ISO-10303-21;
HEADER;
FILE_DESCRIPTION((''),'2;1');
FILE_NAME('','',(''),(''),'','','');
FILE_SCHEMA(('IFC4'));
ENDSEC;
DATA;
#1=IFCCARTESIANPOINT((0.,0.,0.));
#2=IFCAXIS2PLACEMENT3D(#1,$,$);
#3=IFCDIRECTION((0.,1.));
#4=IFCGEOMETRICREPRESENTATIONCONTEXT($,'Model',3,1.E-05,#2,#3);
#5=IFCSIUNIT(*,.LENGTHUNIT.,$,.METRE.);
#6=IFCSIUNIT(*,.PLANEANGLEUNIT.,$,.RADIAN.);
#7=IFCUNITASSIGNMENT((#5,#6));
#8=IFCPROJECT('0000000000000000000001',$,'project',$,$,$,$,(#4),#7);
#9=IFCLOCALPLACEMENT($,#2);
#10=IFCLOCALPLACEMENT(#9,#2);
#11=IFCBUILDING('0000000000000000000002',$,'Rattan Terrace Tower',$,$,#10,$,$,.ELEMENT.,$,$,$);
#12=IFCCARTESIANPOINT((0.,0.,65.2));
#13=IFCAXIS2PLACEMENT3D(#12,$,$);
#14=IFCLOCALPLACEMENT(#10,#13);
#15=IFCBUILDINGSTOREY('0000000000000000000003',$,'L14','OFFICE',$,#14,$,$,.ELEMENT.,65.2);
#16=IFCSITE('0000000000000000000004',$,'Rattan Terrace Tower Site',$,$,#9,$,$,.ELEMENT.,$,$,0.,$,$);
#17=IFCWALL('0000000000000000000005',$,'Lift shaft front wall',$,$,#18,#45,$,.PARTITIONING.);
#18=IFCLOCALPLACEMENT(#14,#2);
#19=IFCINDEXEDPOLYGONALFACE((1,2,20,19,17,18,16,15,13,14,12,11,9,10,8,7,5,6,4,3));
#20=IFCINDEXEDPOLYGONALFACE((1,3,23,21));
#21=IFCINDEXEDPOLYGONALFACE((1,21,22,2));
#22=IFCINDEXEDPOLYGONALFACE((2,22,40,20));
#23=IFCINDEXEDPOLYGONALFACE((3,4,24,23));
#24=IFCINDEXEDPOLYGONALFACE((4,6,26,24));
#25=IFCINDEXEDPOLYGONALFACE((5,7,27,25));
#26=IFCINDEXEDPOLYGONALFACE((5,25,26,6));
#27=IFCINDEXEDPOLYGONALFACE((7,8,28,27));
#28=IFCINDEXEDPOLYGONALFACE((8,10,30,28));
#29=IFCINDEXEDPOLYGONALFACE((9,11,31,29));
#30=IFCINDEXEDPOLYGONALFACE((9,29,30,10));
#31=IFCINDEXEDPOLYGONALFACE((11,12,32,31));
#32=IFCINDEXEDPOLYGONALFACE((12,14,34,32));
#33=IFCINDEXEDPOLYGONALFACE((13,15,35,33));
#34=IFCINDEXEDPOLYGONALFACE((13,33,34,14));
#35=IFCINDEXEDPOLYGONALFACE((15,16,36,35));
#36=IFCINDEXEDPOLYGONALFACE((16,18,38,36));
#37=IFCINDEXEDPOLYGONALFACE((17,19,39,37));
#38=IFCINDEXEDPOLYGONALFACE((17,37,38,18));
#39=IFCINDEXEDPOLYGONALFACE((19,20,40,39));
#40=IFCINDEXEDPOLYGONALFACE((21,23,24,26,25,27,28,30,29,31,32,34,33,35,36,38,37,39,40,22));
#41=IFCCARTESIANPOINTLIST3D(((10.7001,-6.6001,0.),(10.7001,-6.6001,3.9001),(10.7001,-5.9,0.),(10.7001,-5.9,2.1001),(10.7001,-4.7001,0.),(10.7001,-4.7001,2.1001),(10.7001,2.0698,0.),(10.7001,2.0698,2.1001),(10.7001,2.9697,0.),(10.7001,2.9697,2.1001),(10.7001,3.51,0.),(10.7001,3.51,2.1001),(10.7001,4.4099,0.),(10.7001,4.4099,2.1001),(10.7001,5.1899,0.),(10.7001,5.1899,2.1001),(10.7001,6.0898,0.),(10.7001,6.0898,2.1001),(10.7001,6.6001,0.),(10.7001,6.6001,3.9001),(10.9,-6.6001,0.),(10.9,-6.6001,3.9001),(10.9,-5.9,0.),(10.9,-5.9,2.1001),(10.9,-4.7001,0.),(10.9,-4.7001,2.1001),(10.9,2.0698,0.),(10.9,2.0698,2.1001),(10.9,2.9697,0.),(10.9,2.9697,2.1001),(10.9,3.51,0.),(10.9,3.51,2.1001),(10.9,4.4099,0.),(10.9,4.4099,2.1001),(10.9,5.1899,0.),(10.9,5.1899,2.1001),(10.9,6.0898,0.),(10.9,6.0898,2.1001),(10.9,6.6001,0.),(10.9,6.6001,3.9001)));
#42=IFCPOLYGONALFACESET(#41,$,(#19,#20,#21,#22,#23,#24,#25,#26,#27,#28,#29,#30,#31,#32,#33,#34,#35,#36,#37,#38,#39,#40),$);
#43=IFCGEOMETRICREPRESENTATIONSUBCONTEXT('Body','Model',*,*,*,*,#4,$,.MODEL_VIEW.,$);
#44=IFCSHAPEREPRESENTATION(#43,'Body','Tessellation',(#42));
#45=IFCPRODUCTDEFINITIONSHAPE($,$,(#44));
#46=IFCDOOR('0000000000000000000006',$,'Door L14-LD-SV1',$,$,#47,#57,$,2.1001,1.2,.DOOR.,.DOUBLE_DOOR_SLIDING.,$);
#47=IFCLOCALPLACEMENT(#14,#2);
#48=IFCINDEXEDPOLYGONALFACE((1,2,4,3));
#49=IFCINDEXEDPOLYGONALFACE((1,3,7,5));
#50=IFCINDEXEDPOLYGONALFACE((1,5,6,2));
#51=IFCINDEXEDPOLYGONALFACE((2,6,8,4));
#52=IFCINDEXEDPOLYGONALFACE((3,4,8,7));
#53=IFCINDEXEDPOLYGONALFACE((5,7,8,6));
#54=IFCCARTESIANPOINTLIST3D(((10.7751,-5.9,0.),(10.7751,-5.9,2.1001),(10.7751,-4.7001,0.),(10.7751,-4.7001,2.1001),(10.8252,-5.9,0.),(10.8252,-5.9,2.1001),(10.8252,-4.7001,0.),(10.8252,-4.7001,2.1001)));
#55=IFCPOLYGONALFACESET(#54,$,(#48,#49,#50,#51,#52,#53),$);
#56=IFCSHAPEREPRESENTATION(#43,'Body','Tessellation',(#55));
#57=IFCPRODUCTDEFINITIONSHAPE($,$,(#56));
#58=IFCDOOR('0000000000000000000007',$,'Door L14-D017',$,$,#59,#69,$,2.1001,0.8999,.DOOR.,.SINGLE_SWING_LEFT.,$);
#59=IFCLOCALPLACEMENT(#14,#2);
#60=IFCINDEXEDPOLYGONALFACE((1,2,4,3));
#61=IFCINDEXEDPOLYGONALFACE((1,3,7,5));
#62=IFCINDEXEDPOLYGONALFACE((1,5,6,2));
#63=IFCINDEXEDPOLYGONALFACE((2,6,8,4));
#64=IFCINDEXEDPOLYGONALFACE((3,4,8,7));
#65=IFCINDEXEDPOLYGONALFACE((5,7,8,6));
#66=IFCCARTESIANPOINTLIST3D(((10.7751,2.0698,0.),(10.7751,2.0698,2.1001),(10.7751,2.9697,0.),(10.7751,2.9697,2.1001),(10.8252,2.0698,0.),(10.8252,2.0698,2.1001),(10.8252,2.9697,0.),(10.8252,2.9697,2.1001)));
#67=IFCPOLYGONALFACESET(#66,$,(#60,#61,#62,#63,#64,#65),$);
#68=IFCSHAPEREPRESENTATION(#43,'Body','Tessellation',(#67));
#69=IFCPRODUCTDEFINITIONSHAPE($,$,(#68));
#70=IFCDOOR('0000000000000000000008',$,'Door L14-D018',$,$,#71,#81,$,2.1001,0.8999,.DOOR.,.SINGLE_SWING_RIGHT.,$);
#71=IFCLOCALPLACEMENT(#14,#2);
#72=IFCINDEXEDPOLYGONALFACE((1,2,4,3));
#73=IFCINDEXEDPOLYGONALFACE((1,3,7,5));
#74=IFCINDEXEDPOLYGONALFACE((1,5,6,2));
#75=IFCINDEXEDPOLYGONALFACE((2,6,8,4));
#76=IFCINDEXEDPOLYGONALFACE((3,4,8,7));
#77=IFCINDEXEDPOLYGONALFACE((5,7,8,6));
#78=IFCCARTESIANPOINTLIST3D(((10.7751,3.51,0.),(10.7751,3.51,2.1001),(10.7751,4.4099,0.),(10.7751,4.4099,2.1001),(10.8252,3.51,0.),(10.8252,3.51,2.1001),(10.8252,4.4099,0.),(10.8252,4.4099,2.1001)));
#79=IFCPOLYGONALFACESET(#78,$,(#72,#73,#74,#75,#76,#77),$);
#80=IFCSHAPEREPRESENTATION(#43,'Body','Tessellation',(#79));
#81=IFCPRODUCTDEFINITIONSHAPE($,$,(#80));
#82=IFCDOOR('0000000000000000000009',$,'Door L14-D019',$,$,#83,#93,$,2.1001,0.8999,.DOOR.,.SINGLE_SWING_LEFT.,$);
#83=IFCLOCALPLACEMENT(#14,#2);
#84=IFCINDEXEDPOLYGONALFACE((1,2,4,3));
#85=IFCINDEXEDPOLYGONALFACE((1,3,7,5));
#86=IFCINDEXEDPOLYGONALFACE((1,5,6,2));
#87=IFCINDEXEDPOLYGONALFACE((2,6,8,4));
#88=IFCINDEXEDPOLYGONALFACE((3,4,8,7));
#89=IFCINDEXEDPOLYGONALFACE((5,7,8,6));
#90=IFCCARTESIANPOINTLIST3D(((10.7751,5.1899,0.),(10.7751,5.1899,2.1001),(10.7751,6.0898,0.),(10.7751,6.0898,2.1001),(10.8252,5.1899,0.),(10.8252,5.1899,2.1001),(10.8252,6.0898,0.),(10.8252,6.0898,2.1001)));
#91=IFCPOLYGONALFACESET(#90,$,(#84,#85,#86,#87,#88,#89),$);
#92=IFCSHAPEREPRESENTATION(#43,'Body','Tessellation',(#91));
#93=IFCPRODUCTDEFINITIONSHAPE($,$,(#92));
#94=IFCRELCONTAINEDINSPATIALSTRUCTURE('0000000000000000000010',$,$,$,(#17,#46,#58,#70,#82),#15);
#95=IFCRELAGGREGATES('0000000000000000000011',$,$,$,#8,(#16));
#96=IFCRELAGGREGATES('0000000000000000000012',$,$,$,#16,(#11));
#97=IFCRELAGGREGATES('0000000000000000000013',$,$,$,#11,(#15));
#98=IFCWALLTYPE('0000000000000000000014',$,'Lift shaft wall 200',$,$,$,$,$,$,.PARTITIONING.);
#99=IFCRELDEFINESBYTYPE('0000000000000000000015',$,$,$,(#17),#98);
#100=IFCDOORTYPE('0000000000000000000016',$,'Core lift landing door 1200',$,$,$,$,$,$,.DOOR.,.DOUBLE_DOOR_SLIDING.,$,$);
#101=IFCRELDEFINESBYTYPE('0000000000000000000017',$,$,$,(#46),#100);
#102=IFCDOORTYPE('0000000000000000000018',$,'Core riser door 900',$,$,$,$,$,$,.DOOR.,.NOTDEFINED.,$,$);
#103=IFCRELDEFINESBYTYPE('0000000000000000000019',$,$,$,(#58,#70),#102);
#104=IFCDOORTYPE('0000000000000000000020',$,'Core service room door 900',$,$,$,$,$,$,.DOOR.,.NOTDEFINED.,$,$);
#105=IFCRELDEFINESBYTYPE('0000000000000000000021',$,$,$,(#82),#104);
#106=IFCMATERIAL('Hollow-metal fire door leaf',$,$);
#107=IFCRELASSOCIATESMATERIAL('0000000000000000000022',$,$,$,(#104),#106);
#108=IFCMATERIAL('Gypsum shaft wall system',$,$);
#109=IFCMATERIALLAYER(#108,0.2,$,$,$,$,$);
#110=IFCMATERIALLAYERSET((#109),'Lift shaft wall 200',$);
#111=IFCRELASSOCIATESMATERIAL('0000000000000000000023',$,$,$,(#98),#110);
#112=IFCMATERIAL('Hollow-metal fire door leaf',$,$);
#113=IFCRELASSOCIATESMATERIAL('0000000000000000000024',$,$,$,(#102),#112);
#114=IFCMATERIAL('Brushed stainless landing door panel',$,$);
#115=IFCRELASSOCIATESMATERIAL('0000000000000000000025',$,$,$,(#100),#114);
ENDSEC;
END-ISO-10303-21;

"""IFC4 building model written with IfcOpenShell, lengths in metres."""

from ifc_helpers import new_model, si_unit, direction, frame, frame_2d, origin, place, context, subcontext, project, spatial, rectangle, extrude, material, layer, layer_set, type_object, element, fill, save


model = new_model("IFC4")

# Units and contexts
model_context = context("Model", 3, precision=1e-05, world=origin(), true_north=direction((0.0, 1.0)))
body_context = subcontext(model_context, "Body", "Model", "MODEL_VIEW")
ifc_project = project(units=[si_unit("LENGTHUNIT", "METRE"), si_unit("PLANEANGLEUNIT", "RADIAN")], contexts=[model_context])

# Site, building, storey
site_placement = place(None, origin())
site = spatial("IfcSite", under=ifc_project, at=site_placement, Name="Rattan Terrace Tower Site", CompositionType="ELEMENT", RefElevation=0.0)
building_placement = place(site_placement, origin())
building = spatial("IfcBuilding", under=site, at=building_placement, Name="Rattan Terrace Tower", CompositionType="ELEMENT")
storey_placement = place(building_placement, frame((0.0, 0.0, 65.2)))
storey = spatial("IfcBuildingStorey", under=building, at=storey_placement, Name="L14", Description="OFFICE", CompositionType="ELEMENT", Elevation=65.2)

# Shared definitions
ifc_material_1 = material(Name="Hollow-metal fire door leaf")
door_type_1 = type_object("IfcDoorType", Name="Core service room door 900", OperationType="NOTDEFINED", PredefinedType="DOOR", material=ifc_material_1)

# Shared definitions
ifc_material_2 = material(Name="Gypsum shaft wall system")
ifc_layer_1 = layer(ifc_material_2, 0.2)
ifc_layer_set_1 = layer_set([ifc_layer_1], Name="Lift shaft wall 200")
wall_type_1 = type_object("IfcWallType", Name="Lift shaft wall 200", PredefinedType="PARTITIONING", material=ifc_layer_set_1)
ifc_material_3 = material(Name="Hollow-metal fire door leaf")
door_type_2 = type_object("IfcDoorType", Name="Core riser door 900", OperationType="NOTDEFINED", PredefinedType="DOOR", material=ifc_material_3)

# Wall, openings, doors
wall_1_placement = place(storey_placement, frame((10.8, -6.6001, 0.0), z_axis=(0.0, 0.0, 1.0), x_axis=(0.0, 1.0, 0.0)))
wall_1 = element("IfcWall", 1, at=wall_1_placement, inside=storey, type_object=wall_type_1, Name="Lift shaft front wall", PredefinedType="PARTITIONING", context=body_context, shape_type="SweptSolid", body=[
    extrude(rectangle(XDim=13.2002, YDim=0.2, at=frame_2d((6.6001, 0.0))), origin(), (0.0, 0.0, 1.0), 3.9001),
])
opening_1_placement = place(wall_1_placement, frame((0.7, 0.0, 0.0)))
opening_1 = element("IfcOpeningElement", 2, at=opening_1_placement, cuts=wall_1, PredefinedType="OPENING", context=body_context, shape_type="SweptSolid", body=[
    extrude(rectangle(XDim=1.2, YDim=2.1001, at=frame_2d((0.6001, 1.05))), frame((0.0, 0.1106, 0.0), z_axis=(0.0, -1.0, 0.0), x_axis=(1.0, 0.0, 0.0)), (0.0, 0.0, 1.0), 0.2209),
])
opening_2_placement = place(wall_1_placement, frame((8.6699, 0.0, 0.0)))
opening_2 = element("IfcOpeningElement", 3, at=opening_2_placement, cuts=wall_1, PredefinedType="OPENING", context=body_context, shape_type="SweptSolid", body=[
    extrude(rectangle(XDim=0.8999, YDim=2.1001, at=frame_2d((0.45, 1.05))), frame((0.0, 0.1106, 0.0), z_axis=(0.0, -1.0, 0.0), x_axis=(1.0, 0.0, 0.0)), (0.0, 0.0, 1.0), 0.2209),
])
opening_3_placement = place(wall_1_placement, frame((10.1101, 0.0, 0.0)))
opening_3 = element("IfcOpeningElement", 4, at=opening_3_placement, cuts=wall_1, PredefinedType="OPENING", context=body_context, shape_type="SweptSolid", body=[
    extrude(rectangle(XDim=0.8999, YDim=2.1001, at=frame_2d((0.45, 1.05))), frame((0.0, 0.1106, 0.0), z_axis=(0.0, -1.0, 0.0), x_axis=(1.0, 0.0, 0.0)), (0.0, 0.0, 1.0), 0.2209),
])
opening_4_placement = place(wall_1_placement, frame((11.79, 0.0, 0.0)))
opening_4 = element("IfcOpeningElement", 5, at=opening_4_placement, cuts=wall_1, PredefinedType="OPENING", context=body_context, shape_type="SweptSolid", body=[
    extrude(rectangle(XDim=0.8999, YDim=2.1001, at=frame_2d((0.45, 1.05))), frame((0.0, 0.1106, 0.0), z_axis=(0.0, -1.0, 0.0), x_axis=(1.0, 0.0, 0.0)), (0.0, 0.0, 1.0), 0.2209),
])
ifc_material_4 = material(Name="Brushed stainless landing door panel")
door_type_3 = type_object("IfcDoorType", Name="Core lift landing door 1200", OperationType="DOUBLE_DOOR_SLIDING", PredefinedType="DOOR", material=ifc_material_4)
door_1_placement = place(opening_1_placement, origin())
door_1 = element("IfcDoor", 6, at=door_1_placement, inside=storey, type_object=door_type_3, Name="Door L14-LD-SV1", OperationType="DOUBLE_DOOR_SLIDING", OverallHeight=2.1001, OverallWidth=1.2, PredefinedType="DOOR", context=body_context, shape_type="SweptSolid", body=[
    extrude(rectangle(XDim=1.2, YDim=2.1001, at=frame_2d((0.6001, 1.05))), frame((0.0, 0.0249, 0.0), z_axis=(0.0, -1.0, 0.0), x_axis=(1.0, 0.0, 0.0)), (0.0, 0.0, 1.0), 0.05),
])
fill(opening_1, door_1)
door_2_placement = place(opening_2_placement, origin())
door_2 = element("IfcDoor", 7, at=door_2_placement, inside=storey, type_object=door_type_2, Name="Door L14-D017", OperationType="SINGLE_SWING_LEFT", OverallHeight=2.1001, OverallWidth=0.8999, PredefinedType="DOOR", context=body_context, shape_type="SweptSolid", body=[
    extrude(rectangle(XDim=0.8999, YDim=2.1001, at=frame_2d((0.45, 1.05))), frame((0.0, 0.0249, 0.0), z_axis=(0.0, -1.0, 0.0), x_axis=(1.0, 0.0, 0.0)), (0.0, 0.0, 1.0), 0.05),
])
fill(opening_2, door_2)
door_3_placement = place(opening_3_placement, origin())
door_3 = element("IfcDoor", 8, at=door_3_placement, inside=storey, type_object=door_type_2, Name="Door L14-D018", OperationType="SINGLE_SWING_RIGHT", OverallHeight=2.1001, OverallWidth=0.8999, PredefinedType="DOOR", context=body_context, shape_type="SweptSolid", body=[
    extrude(rectangle(XDim=0.8999, YDim=2.1001, at=frame_2d((0.45, 1.05))), frame((0.0, 0.0249, 0.0), z_axis=(0.0, -1.0, 0.0), x_axis=(1.0, 0.0, 0.0)), (0.0, 0.0, 1.0), 0.05),
])
fill(opening_3, door_3)
door_4_placement = place(opening_4_placement, origin())
door_4 = element("IfcDoor", 9, at=door_4_placement, inside=storey, type_object=door_type_1, Name="Door L14-D019", OperationType="SINGLE_SWING_LEFT", OverallHeight=2.1001, OverallWidth=0.8999, PredefinedType="DOOR", context=body_context, shape_type="SweptSolid", body=[
    extrude(rectangle(XDim=0.8999, YDim=2.1001, at=frame_2d((0.45, 1.05))), frame((0.0, 0.0249, 0.0), z_axis=(0.0, -1.0, 0.0), x_axis=(1.0, 0.0, 0.0)), (0.0, 0.0, 1.0), 0.05),
])
fill(opening_4, door_4)

save(model, "model.ifc")
